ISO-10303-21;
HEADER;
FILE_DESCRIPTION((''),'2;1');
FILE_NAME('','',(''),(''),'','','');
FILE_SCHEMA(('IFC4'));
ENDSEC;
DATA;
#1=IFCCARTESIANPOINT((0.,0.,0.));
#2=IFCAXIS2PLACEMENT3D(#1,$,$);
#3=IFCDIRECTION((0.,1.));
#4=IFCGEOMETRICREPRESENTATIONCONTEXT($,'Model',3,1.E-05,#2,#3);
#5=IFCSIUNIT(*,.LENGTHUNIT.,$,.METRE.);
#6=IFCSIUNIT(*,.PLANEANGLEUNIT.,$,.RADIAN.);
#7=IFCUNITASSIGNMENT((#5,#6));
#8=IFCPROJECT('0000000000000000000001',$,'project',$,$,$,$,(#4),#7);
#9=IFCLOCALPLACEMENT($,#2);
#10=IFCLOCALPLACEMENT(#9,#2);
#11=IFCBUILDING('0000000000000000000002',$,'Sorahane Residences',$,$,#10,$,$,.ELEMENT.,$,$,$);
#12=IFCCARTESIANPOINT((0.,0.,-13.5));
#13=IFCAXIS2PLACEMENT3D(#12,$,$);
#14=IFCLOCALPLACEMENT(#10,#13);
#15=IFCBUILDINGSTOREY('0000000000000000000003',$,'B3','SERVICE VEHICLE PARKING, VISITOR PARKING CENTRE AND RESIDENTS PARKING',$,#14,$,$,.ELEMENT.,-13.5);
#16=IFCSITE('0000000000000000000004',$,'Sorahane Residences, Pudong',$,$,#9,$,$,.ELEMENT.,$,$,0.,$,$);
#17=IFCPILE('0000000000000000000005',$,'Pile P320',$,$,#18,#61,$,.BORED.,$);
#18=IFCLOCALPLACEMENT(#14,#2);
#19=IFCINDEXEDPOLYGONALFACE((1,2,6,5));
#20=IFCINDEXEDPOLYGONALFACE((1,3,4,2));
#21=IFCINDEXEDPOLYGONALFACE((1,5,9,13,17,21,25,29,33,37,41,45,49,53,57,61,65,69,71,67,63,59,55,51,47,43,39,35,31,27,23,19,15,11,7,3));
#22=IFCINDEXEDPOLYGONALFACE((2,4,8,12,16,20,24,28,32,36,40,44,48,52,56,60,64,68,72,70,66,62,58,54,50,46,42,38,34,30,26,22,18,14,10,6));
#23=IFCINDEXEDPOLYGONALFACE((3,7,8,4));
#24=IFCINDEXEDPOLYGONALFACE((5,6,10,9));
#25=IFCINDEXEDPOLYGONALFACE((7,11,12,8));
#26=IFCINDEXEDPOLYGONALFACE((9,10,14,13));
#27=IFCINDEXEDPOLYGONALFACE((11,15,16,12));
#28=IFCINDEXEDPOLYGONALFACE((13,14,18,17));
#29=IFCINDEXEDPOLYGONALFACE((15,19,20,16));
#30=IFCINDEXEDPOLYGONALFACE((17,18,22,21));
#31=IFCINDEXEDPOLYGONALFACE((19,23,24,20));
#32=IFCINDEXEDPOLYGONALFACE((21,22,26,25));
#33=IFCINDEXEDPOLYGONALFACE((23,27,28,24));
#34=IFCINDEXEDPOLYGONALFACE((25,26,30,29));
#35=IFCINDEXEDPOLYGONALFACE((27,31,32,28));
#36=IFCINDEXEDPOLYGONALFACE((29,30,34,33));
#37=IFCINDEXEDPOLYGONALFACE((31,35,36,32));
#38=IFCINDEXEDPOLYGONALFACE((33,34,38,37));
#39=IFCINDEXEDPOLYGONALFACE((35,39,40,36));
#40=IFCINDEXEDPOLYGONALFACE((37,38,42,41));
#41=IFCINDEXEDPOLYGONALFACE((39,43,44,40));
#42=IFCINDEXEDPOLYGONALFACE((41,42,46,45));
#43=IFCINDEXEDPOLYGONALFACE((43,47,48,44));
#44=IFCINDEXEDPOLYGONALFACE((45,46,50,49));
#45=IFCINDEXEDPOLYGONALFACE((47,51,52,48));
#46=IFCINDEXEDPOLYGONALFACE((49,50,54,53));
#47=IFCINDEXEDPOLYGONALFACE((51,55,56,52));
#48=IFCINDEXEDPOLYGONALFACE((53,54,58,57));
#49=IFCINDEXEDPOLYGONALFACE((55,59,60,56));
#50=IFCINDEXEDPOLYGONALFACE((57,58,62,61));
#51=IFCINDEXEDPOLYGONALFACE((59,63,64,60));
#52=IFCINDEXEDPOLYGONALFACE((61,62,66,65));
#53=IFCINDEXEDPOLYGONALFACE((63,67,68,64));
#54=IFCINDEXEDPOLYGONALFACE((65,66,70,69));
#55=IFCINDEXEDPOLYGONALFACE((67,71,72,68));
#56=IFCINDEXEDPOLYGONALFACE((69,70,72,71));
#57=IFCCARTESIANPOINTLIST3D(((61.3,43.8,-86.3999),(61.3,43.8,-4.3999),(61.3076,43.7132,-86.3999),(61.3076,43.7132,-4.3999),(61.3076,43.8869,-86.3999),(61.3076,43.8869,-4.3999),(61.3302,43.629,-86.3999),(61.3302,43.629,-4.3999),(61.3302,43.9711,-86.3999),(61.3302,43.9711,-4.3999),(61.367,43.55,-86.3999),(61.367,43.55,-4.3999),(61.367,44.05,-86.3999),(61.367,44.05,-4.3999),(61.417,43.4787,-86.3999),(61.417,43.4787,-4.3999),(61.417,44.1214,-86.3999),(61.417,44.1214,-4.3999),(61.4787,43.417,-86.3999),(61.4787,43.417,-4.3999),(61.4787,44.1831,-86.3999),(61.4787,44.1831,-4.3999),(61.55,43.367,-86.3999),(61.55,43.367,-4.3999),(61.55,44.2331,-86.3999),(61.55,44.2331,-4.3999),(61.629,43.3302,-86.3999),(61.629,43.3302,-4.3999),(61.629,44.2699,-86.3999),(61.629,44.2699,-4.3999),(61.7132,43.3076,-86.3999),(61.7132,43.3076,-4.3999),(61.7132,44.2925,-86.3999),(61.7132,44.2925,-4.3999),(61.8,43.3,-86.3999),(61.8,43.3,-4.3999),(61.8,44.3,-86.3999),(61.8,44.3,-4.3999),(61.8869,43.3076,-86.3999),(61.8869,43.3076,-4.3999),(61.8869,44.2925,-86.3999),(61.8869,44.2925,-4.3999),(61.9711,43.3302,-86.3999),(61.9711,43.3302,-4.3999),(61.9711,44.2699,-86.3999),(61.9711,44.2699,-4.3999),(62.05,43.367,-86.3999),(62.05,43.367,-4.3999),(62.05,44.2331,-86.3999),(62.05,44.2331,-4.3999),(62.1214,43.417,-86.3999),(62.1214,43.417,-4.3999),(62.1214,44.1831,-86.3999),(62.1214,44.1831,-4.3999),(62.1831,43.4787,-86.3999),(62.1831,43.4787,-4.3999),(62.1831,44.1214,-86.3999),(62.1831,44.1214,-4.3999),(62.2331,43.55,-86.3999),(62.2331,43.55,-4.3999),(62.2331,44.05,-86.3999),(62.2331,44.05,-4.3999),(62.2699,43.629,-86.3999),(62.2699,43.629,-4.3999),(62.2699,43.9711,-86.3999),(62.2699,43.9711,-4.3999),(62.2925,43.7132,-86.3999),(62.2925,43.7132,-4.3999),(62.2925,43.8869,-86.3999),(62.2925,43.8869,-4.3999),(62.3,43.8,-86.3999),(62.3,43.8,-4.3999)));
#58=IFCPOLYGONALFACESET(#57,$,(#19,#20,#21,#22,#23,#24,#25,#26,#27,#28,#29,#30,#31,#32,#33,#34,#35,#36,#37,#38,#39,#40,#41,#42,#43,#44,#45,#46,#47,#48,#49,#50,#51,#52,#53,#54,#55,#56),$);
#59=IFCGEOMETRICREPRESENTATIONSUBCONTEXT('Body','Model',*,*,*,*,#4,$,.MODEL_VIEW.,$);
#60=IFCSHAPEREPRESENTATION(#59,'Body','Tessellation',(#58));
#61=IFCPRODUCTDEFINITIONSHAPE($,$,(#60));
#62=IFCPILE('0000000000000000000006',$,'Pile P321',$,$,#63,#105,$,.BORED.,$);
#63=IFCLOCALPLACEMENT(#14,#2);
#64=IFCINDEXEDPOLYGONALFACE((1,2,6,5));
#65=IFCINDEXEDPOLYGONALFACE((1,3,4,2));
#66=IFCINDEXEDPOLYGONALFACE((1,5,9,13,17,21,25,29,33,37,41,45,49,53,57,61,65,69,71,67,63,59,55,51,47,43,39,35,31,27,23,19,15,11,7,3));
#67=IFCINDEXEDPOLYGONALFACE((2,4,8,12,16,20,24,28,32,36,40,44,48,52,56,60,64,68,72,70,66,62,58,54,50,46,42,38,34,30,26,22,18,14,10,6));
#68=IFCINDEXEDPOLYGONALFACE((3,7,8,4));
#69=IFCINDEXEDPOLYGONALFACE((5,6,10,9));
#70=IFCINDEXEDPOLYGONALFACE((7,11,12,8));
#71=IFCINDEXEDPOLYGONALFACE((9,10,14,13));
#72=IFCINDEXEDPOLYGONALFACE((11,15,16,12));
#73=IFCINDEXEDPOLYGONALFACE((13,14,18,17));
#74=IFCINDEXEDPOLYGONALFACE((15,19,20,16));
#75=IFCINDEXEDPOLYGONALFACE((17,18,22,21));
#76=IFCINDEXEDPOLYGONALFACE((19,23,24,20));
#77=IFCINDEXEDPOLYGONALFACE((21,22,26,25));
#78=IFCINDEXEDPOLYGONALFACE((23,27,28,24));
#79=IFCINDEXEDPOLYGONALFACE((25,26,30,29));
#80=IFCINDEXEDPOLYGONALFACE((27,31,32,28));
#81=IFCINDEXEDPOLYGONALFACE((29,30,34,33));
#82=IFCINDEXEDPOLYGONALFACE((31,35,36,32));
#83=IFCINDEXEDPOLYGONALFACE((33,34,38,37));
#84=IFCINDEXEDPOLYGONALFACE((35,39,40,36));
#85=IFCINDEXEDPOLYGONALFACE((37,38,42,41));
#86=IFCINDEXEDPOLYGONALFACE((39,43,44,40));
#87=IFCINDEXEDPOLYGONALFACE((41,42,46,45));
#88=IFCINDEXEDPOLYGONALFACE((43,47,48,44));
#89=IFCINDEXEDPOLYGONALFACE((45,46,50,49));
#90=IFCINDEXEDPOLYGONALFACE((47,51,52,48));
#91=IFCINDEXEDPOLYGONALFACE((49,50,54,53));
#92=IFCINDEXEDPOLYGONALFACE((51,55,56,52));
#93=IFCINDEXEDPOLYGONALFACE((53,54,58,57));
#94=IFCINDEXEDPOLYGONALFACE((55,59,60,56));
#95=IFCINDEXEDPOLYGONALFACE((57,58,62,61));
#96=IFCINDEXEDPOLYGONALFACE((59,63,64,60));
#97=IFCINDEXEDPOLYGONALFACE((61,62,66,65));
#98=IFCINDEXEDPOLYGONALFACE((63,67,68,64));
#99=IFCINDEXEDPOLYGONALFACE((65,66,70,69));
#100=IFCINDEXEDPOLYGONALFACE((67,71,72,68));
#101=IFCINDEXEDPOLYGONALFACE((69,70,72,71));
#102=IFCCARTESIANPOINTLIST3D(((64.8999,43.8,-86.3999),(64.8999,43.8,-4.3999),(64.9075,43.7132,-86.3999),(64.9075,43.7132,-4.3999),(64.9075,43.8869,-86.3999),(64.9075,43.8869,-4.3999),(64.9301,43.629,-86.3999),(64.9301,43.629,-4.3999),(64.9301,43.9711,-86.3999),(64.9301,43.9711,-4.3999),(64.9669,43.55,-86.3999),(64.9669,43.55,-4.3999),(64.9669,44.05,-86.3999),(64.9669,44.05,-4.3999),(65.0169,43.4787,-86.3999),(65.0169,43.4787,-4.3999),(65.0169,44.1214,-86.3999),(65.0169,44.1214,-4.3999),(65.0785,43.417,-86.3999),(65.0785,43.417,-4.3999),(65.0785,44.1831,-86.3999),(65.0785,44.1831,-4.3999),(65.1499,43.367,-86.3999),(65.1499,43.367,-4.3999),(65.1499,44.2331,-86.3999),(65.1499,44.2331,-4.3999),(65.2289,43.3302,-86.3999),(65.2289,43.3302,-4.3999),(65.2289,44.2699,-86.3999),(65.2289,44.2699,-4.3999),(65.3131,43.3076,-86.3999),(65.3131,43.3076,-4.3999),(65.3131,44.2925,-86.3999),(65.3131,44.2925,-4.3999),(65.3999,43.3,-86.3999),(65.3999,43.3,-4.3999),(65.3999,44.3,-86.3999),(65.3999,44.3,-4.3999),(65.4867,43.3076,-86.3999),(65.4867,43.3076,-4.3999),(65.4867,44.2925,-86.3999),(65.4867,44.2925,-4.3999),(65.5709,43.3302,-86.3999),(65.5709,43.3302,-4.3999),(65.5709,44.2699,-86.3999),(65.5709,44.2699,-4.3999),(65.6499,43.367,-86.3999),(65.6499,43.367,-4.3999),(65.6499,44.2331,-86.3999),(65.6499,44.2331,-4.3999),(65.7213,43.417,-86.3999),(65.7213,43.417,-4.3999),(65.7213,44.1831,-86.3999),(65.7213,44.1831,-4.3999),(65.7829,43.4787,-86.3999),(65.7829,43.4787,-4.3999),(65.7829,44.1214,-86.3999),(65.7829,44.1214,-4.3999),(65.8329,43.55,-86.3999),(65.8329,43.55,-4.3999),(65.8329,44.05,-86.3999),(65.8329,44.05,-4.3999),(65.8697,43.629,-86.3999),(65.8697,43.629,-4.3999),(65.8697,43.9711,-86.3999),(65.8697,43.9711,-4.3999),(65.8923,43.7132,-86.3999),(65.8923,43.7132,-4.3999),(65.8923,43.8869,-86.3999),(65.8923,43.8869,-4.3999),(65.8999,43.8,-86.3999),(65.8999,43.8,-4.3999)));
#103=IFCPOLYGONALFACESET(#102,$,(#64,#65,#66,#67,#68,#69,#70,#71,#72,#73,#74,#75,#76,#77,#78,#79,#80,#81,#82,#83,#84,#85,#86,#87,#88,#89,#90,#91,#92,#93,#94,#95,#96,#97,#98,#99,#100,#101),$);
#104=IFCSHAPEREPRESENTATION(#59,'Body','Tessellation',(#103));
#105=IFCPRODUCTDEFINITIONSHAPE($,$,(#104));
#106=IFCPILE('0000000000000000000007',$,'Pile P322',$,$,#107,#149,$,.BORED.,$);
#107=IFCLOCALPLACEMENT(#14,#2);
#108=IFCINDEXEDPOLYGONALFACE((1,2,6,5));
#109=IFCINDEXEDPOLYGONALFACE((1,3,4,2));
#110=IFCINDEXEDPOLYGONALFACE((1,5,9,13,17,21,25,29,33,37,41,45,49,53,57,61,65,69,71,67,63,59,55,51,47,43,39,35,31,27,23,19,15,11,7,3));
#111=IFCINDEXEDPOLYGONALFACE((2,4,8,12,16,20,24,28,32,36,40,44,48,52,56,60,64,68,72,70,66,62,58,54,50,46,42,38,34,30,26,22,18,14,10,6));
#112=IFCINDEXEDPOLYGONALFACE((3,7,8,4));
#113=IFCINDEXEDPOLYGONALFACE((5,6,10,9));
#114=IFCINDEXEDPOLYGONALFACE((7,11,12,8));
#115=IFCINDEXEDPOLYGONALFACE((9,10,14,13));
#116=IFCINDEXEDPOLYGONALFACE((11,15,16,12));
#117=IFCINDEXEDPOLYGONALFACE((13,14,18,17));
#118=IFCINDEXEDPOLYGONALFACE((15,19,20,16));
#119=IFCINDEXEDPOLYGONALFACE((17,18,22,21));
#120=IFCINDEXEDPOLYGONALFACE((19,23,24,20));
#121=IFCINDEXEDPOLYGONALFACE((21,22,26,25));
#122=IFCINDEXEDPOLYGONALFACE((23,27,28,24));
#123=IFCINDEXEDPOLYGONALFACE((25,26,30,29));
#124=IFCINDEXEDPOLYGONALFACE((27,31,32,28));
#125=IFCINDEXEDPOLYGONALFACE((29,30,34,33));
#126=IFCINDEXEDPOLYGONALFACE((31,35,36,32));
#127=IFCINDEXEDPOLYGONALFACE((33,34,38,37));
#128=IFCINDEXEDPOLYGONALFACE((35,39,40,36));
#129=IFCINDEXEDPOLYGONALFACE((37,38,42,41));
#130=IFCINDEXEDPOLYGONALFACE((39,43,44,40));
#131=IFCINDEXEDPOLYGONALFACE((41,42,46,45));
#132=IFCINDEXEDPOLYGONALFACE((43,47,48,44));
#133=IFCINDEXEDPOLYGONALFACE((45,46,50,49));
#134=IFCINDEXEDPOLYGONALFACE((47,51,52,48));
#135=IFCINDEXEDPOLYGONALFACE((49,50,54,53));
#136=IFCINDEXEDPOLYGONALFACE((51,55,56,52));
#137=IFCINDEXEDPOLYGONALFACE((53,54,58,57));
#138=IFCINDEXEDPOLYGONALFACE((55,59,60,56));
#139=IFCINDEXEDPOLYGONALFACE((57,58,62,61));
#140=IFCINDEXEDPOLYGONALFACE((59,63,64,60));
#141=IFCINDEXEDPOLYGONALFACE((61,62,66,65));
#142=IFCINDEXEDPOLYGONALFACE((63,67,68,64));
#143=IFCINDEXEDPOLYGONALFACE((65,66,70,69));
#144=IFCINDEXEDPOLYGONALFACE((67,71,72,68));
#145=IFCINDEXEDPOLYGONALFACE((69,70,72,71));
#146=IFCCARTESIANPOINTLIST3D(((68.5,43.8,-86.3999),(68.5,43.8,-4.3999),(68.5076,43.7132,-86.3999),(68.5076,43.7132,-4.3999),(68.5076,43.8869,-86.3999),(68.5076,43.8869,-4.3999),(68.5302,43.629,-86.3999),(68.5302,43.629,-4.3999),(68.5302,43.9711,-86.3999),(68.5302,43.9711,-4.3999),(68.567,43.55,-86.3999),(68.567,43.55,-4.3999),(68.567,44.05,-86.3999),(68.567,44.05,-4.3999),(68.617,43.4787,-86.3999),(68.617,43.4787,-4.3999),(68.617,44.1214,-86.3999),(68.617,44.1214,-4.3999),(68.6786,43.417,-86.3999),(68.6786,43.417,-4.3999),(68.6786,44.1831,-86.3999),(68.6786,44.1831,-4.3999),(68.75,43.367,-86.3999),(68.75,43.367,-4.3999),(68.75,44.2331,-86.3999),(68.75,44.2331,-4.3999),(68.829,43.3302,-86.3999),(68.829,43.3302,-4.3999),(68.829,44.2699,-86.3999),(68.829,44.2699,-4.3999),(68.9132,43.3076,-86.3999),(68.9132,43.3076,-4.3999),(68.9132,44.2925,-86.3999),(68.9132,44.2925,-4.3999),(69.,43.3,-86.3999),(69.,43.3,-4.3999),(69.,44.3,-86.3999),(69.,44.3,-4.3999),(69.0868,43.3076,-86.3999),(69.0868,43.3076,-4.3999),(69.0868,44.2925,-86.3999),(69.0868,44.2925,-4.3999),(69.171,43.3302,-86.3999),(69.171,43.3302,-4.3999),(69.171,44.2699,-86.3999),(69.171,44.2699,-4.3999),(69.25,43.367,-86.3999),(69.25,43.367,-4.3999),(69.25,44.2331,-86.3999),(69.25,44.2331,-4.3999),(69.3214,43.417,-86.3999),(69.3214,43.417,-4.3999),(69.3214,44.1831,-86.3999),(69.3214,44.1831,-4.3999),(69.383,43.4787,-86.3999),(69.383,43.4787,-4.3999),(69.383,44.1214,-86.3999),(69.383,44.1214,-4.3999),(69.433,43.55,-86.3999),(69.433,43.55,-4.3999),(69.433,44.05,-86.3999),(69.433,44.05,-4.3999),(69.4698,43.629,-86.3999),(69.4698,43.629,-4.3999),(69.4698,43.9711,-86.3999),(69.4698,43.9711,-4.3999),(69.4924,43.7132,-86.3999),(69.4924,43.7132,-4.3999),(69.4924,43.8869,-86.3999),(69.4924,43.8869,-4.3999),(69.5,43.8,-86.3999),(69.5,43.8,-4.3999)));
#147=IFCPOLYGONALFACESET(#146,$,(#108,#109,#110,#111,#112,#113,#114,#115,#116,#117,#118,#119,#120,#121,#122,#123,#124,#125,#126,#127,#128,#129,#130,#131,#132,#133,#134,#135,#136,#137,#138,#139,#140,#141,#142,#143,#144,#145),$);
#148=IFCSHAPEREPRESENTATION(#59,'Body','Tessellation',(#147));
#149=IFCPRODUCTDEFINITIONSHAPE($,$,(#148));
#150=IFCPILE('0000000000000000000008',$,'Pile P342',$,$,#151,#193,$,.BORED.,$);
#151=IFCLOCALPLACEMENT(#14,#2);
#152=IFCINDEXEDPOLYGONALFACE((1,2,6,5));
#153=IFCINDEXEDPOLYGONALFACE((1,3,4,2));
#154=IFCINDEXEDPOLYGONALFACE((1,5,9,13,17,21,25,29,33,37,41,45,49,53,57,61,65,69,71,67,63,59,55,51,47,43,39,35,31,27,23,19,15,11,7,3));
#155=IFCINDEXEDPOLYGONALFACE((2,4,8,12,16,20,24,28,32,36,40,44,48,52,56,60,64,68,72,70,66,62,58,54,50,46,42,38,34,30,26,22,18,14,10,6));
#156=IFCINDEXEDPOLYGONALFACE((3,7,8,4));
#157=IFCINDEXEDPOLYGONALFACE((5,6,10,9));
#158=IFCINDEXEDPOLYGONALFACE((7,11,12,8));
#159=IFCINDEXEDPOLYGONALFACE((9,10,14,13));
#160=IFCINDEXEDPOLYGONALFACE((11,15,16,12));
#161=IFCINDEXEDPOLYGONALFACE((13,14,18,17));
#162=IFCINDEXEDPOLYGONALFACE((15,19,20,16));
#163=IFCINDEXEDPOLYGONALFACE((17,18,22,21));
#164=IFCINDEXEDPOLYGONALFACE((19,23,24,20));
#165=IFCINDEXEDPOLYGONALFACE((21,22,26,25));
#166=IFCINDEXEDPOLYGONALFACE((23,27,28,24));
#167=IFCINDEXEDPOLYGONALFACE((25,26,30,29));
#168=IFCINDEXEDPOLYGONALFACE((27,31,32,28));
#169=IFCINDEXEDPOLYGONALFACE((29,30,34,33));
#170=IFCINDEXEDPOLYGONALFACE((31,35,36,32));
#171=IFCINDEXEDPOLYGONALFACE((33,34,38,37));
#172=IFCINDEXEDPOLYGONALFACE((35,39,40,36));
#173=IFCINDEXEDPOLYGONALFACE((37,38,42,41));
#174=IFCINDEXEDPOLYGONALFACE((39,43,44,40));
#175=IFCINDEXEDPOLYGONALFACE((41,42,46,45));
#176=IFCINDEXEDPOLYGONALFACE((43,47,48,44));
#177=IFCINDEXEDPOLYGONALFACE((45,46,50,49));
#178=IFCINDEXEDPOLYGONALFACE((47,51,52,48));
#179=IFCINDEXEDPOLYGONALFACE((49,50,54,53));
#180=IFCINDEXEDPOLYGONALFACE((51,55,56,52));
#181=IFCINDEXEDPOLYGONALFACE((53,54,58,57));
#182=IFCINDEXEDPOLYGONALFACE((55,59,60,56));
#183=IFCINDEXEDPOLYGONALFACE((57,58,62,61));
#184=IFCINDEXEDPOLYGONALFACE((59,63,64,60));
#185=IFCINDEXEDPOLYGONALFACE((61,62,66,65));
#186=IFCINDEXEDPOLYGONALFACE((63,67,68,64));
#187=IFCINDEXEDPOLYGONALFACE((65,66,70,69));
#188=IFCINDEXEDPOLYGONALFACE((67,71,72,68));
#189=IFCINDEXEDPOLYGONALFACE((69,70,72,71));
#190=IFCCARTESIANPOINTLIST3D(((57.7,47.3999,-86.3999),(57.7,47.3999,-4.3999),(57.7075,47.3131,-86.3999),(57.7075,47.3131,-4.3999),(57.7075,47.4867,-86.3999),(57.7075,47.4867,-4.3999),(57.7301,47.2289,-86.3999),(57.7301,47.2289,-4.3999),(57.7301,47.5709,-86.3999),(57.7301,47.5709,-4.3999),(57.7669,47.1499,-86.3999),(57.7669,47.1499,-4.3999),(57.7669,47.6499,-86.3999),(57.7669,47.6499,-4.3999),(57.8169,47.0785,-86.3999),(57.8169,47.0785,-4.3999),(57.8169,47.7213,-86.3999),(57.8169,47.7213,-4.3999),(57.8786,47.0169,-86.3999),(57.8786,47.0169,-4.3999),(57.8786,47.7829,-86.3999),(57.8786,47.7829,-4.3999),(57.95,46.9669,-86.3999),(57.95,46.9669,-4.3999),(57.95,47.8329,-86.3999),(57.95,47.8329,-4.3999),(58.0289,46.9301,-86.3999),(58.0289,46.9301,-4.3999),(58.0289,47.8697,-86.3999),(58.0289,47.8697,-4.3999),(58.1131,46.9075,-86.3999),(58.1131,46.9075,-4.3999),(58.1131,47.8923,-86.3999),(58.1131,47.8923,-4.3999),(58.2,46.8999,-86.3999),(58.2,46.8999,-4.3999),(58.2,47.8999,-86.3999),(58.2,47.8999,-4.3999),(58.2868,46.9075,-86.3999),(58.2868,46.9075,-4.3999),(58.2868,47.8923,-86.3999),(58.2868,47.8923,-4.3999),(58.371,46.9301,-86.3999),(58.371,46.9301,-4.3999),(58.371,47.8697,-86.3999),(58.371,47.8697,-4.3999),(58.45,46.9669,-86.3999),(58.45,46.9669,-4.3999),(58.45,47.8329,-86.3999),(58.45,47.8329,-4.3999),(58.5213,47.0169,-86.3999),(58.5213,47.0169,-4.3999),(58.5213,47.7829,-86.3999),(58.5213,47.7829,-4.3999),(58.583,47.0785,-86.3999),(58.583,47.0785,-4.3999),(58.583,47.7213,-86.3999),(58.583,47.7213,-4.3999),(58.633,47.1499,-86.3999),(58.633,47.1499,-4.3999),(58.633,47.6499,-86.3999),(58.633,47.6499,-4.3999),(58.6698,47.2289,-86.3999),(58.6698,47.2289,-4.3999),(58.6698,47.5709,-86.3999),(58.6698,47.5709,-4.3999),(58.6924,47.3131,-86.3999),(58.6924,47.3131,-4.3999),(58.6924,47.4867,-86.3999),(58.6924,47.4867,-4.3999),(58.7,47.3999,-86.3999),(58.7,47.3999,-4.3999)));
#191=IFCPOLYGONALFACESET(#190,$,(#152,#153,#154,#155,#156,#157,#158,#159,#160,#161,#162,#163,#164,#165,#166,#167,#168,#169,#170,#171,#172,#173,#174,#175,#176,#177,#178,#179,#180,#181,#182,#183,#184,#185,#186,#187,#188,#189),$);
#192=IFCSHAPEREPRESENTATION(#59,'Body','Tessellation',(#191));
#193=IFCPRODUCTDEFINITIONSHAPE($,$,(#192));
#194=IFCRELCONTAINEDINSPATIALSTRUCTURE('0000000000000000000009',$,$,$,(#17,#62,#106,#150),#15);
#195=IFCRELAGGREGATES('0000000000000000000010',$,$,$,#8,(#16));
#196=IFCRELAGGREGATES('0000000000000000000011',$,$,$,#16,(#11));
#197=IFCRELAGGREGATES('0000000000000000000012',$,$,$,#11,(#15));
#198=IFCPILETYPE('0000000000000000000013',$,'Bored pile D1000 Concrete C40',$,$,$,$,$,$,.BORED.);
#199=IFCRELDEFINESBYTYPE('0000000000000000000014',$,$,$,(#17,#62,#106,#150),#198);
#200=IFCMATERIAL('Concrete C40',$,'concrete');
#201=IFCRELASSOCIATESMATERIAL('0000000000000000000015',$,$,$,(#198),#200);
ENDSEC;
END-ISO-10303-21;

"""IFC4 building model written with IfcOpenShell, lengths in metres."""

from ifc_helpers import new_model, si_unit, direction, frame, origin, origin_2d, place, context, subcontext, project, spatial, circle, extrude, material, material_profile, profile_set, type_object, element, save


model = new_model("IFC4")

# Units and contexts
model_context = context("Model", 3, precision=1e-05, world=origin(), true_north=direction((0.0, 1.0)))
body_context = subcontext(model_context, "Body", "Model", "MODEL_VIEW")
ifc_project = project(units=[si_unit("LENGTHUNIT", "METRE"), si_unit("PLANEANGLEUNIT", "RADIAN")], contexts=[model_context])

# Site, building, storey
site_placement = place(None, origin())
site = spatial("IfcSite", under=ifc_project, at=site_placement, Name="Sorahane Residences, Pudong", CompositionType="ELEMENT", RefElevation=0.0)
building_placement = place(site_placement, origin())
building = spatial("IfcBuilding", under=site, at=building_placement, Name="Sorahane Residences", CompositionType="ELEMENT")
storey_placement = place(building_placement, frame((0.0, 0.0, -13.5)))
storey = spatial("IfcBuildingStorey", under=building, at=storey_placement, Name="B3", Description="SERVICE VEHICLE PARKING, VISITOR PARKING CENTRE AND RESIDENTS PARKING", CompositionType="ELEMENT", Elevation=-13.5)

# Piles
ifc_material_1 = material(Name="Concrete C40", Category="concrete")
ifc_material_profile_1 = material_profile(ifc_material_1, circle(Radius=0.5, at=origin_2d()), Name="D1000")
ifc_profile_set_1 = profile_set([ifc_material_profile_1], Name="Concrete C40")
pile_type = type_object("IfcPileType", Name="Bored pile D1000 Concrete C40", PredefinedType="BORED", material=ifc_profile_set_1)
for number, where, z_axis, x_axis, name in (
    (1, (61.8, 43.8, -4.3999), (0.0, 0.0, -1.0), (1.0, 0.0, 0.0), "Pile P320"),
    (2, (65.3999, 43.8, -4.3999), (0.0, 0.0, -1.0), (1.0, 0.0, 0.0), "Pile P321"),
    (3, (69.0, 43.8, -4.3999), (0.0, 0.0, -1.0), (1.0, 0.0, 0.0), "Pile P322"),
    (4, (58.2, 47.3999, -4.3999), (0.0, 0.0, -1.0), (1.0, 0.0, 0.0), "Pile P342"),
):
    element("IfcPile", number, at=place(storey_placement, frame(where, z_axis=z_axis, x_axis=x_axis)), inside=storey, type_object=pile_type, Name=name, PredefinedType="BORED", context=body_context, shape_type="SweptSolid", body=[
        extrude(circle(Radius=0.5, at=origin_2d()), origin(), (0.0, 0.0, 1.0), 82.0),
    ])

save(model, "model.ifc")
